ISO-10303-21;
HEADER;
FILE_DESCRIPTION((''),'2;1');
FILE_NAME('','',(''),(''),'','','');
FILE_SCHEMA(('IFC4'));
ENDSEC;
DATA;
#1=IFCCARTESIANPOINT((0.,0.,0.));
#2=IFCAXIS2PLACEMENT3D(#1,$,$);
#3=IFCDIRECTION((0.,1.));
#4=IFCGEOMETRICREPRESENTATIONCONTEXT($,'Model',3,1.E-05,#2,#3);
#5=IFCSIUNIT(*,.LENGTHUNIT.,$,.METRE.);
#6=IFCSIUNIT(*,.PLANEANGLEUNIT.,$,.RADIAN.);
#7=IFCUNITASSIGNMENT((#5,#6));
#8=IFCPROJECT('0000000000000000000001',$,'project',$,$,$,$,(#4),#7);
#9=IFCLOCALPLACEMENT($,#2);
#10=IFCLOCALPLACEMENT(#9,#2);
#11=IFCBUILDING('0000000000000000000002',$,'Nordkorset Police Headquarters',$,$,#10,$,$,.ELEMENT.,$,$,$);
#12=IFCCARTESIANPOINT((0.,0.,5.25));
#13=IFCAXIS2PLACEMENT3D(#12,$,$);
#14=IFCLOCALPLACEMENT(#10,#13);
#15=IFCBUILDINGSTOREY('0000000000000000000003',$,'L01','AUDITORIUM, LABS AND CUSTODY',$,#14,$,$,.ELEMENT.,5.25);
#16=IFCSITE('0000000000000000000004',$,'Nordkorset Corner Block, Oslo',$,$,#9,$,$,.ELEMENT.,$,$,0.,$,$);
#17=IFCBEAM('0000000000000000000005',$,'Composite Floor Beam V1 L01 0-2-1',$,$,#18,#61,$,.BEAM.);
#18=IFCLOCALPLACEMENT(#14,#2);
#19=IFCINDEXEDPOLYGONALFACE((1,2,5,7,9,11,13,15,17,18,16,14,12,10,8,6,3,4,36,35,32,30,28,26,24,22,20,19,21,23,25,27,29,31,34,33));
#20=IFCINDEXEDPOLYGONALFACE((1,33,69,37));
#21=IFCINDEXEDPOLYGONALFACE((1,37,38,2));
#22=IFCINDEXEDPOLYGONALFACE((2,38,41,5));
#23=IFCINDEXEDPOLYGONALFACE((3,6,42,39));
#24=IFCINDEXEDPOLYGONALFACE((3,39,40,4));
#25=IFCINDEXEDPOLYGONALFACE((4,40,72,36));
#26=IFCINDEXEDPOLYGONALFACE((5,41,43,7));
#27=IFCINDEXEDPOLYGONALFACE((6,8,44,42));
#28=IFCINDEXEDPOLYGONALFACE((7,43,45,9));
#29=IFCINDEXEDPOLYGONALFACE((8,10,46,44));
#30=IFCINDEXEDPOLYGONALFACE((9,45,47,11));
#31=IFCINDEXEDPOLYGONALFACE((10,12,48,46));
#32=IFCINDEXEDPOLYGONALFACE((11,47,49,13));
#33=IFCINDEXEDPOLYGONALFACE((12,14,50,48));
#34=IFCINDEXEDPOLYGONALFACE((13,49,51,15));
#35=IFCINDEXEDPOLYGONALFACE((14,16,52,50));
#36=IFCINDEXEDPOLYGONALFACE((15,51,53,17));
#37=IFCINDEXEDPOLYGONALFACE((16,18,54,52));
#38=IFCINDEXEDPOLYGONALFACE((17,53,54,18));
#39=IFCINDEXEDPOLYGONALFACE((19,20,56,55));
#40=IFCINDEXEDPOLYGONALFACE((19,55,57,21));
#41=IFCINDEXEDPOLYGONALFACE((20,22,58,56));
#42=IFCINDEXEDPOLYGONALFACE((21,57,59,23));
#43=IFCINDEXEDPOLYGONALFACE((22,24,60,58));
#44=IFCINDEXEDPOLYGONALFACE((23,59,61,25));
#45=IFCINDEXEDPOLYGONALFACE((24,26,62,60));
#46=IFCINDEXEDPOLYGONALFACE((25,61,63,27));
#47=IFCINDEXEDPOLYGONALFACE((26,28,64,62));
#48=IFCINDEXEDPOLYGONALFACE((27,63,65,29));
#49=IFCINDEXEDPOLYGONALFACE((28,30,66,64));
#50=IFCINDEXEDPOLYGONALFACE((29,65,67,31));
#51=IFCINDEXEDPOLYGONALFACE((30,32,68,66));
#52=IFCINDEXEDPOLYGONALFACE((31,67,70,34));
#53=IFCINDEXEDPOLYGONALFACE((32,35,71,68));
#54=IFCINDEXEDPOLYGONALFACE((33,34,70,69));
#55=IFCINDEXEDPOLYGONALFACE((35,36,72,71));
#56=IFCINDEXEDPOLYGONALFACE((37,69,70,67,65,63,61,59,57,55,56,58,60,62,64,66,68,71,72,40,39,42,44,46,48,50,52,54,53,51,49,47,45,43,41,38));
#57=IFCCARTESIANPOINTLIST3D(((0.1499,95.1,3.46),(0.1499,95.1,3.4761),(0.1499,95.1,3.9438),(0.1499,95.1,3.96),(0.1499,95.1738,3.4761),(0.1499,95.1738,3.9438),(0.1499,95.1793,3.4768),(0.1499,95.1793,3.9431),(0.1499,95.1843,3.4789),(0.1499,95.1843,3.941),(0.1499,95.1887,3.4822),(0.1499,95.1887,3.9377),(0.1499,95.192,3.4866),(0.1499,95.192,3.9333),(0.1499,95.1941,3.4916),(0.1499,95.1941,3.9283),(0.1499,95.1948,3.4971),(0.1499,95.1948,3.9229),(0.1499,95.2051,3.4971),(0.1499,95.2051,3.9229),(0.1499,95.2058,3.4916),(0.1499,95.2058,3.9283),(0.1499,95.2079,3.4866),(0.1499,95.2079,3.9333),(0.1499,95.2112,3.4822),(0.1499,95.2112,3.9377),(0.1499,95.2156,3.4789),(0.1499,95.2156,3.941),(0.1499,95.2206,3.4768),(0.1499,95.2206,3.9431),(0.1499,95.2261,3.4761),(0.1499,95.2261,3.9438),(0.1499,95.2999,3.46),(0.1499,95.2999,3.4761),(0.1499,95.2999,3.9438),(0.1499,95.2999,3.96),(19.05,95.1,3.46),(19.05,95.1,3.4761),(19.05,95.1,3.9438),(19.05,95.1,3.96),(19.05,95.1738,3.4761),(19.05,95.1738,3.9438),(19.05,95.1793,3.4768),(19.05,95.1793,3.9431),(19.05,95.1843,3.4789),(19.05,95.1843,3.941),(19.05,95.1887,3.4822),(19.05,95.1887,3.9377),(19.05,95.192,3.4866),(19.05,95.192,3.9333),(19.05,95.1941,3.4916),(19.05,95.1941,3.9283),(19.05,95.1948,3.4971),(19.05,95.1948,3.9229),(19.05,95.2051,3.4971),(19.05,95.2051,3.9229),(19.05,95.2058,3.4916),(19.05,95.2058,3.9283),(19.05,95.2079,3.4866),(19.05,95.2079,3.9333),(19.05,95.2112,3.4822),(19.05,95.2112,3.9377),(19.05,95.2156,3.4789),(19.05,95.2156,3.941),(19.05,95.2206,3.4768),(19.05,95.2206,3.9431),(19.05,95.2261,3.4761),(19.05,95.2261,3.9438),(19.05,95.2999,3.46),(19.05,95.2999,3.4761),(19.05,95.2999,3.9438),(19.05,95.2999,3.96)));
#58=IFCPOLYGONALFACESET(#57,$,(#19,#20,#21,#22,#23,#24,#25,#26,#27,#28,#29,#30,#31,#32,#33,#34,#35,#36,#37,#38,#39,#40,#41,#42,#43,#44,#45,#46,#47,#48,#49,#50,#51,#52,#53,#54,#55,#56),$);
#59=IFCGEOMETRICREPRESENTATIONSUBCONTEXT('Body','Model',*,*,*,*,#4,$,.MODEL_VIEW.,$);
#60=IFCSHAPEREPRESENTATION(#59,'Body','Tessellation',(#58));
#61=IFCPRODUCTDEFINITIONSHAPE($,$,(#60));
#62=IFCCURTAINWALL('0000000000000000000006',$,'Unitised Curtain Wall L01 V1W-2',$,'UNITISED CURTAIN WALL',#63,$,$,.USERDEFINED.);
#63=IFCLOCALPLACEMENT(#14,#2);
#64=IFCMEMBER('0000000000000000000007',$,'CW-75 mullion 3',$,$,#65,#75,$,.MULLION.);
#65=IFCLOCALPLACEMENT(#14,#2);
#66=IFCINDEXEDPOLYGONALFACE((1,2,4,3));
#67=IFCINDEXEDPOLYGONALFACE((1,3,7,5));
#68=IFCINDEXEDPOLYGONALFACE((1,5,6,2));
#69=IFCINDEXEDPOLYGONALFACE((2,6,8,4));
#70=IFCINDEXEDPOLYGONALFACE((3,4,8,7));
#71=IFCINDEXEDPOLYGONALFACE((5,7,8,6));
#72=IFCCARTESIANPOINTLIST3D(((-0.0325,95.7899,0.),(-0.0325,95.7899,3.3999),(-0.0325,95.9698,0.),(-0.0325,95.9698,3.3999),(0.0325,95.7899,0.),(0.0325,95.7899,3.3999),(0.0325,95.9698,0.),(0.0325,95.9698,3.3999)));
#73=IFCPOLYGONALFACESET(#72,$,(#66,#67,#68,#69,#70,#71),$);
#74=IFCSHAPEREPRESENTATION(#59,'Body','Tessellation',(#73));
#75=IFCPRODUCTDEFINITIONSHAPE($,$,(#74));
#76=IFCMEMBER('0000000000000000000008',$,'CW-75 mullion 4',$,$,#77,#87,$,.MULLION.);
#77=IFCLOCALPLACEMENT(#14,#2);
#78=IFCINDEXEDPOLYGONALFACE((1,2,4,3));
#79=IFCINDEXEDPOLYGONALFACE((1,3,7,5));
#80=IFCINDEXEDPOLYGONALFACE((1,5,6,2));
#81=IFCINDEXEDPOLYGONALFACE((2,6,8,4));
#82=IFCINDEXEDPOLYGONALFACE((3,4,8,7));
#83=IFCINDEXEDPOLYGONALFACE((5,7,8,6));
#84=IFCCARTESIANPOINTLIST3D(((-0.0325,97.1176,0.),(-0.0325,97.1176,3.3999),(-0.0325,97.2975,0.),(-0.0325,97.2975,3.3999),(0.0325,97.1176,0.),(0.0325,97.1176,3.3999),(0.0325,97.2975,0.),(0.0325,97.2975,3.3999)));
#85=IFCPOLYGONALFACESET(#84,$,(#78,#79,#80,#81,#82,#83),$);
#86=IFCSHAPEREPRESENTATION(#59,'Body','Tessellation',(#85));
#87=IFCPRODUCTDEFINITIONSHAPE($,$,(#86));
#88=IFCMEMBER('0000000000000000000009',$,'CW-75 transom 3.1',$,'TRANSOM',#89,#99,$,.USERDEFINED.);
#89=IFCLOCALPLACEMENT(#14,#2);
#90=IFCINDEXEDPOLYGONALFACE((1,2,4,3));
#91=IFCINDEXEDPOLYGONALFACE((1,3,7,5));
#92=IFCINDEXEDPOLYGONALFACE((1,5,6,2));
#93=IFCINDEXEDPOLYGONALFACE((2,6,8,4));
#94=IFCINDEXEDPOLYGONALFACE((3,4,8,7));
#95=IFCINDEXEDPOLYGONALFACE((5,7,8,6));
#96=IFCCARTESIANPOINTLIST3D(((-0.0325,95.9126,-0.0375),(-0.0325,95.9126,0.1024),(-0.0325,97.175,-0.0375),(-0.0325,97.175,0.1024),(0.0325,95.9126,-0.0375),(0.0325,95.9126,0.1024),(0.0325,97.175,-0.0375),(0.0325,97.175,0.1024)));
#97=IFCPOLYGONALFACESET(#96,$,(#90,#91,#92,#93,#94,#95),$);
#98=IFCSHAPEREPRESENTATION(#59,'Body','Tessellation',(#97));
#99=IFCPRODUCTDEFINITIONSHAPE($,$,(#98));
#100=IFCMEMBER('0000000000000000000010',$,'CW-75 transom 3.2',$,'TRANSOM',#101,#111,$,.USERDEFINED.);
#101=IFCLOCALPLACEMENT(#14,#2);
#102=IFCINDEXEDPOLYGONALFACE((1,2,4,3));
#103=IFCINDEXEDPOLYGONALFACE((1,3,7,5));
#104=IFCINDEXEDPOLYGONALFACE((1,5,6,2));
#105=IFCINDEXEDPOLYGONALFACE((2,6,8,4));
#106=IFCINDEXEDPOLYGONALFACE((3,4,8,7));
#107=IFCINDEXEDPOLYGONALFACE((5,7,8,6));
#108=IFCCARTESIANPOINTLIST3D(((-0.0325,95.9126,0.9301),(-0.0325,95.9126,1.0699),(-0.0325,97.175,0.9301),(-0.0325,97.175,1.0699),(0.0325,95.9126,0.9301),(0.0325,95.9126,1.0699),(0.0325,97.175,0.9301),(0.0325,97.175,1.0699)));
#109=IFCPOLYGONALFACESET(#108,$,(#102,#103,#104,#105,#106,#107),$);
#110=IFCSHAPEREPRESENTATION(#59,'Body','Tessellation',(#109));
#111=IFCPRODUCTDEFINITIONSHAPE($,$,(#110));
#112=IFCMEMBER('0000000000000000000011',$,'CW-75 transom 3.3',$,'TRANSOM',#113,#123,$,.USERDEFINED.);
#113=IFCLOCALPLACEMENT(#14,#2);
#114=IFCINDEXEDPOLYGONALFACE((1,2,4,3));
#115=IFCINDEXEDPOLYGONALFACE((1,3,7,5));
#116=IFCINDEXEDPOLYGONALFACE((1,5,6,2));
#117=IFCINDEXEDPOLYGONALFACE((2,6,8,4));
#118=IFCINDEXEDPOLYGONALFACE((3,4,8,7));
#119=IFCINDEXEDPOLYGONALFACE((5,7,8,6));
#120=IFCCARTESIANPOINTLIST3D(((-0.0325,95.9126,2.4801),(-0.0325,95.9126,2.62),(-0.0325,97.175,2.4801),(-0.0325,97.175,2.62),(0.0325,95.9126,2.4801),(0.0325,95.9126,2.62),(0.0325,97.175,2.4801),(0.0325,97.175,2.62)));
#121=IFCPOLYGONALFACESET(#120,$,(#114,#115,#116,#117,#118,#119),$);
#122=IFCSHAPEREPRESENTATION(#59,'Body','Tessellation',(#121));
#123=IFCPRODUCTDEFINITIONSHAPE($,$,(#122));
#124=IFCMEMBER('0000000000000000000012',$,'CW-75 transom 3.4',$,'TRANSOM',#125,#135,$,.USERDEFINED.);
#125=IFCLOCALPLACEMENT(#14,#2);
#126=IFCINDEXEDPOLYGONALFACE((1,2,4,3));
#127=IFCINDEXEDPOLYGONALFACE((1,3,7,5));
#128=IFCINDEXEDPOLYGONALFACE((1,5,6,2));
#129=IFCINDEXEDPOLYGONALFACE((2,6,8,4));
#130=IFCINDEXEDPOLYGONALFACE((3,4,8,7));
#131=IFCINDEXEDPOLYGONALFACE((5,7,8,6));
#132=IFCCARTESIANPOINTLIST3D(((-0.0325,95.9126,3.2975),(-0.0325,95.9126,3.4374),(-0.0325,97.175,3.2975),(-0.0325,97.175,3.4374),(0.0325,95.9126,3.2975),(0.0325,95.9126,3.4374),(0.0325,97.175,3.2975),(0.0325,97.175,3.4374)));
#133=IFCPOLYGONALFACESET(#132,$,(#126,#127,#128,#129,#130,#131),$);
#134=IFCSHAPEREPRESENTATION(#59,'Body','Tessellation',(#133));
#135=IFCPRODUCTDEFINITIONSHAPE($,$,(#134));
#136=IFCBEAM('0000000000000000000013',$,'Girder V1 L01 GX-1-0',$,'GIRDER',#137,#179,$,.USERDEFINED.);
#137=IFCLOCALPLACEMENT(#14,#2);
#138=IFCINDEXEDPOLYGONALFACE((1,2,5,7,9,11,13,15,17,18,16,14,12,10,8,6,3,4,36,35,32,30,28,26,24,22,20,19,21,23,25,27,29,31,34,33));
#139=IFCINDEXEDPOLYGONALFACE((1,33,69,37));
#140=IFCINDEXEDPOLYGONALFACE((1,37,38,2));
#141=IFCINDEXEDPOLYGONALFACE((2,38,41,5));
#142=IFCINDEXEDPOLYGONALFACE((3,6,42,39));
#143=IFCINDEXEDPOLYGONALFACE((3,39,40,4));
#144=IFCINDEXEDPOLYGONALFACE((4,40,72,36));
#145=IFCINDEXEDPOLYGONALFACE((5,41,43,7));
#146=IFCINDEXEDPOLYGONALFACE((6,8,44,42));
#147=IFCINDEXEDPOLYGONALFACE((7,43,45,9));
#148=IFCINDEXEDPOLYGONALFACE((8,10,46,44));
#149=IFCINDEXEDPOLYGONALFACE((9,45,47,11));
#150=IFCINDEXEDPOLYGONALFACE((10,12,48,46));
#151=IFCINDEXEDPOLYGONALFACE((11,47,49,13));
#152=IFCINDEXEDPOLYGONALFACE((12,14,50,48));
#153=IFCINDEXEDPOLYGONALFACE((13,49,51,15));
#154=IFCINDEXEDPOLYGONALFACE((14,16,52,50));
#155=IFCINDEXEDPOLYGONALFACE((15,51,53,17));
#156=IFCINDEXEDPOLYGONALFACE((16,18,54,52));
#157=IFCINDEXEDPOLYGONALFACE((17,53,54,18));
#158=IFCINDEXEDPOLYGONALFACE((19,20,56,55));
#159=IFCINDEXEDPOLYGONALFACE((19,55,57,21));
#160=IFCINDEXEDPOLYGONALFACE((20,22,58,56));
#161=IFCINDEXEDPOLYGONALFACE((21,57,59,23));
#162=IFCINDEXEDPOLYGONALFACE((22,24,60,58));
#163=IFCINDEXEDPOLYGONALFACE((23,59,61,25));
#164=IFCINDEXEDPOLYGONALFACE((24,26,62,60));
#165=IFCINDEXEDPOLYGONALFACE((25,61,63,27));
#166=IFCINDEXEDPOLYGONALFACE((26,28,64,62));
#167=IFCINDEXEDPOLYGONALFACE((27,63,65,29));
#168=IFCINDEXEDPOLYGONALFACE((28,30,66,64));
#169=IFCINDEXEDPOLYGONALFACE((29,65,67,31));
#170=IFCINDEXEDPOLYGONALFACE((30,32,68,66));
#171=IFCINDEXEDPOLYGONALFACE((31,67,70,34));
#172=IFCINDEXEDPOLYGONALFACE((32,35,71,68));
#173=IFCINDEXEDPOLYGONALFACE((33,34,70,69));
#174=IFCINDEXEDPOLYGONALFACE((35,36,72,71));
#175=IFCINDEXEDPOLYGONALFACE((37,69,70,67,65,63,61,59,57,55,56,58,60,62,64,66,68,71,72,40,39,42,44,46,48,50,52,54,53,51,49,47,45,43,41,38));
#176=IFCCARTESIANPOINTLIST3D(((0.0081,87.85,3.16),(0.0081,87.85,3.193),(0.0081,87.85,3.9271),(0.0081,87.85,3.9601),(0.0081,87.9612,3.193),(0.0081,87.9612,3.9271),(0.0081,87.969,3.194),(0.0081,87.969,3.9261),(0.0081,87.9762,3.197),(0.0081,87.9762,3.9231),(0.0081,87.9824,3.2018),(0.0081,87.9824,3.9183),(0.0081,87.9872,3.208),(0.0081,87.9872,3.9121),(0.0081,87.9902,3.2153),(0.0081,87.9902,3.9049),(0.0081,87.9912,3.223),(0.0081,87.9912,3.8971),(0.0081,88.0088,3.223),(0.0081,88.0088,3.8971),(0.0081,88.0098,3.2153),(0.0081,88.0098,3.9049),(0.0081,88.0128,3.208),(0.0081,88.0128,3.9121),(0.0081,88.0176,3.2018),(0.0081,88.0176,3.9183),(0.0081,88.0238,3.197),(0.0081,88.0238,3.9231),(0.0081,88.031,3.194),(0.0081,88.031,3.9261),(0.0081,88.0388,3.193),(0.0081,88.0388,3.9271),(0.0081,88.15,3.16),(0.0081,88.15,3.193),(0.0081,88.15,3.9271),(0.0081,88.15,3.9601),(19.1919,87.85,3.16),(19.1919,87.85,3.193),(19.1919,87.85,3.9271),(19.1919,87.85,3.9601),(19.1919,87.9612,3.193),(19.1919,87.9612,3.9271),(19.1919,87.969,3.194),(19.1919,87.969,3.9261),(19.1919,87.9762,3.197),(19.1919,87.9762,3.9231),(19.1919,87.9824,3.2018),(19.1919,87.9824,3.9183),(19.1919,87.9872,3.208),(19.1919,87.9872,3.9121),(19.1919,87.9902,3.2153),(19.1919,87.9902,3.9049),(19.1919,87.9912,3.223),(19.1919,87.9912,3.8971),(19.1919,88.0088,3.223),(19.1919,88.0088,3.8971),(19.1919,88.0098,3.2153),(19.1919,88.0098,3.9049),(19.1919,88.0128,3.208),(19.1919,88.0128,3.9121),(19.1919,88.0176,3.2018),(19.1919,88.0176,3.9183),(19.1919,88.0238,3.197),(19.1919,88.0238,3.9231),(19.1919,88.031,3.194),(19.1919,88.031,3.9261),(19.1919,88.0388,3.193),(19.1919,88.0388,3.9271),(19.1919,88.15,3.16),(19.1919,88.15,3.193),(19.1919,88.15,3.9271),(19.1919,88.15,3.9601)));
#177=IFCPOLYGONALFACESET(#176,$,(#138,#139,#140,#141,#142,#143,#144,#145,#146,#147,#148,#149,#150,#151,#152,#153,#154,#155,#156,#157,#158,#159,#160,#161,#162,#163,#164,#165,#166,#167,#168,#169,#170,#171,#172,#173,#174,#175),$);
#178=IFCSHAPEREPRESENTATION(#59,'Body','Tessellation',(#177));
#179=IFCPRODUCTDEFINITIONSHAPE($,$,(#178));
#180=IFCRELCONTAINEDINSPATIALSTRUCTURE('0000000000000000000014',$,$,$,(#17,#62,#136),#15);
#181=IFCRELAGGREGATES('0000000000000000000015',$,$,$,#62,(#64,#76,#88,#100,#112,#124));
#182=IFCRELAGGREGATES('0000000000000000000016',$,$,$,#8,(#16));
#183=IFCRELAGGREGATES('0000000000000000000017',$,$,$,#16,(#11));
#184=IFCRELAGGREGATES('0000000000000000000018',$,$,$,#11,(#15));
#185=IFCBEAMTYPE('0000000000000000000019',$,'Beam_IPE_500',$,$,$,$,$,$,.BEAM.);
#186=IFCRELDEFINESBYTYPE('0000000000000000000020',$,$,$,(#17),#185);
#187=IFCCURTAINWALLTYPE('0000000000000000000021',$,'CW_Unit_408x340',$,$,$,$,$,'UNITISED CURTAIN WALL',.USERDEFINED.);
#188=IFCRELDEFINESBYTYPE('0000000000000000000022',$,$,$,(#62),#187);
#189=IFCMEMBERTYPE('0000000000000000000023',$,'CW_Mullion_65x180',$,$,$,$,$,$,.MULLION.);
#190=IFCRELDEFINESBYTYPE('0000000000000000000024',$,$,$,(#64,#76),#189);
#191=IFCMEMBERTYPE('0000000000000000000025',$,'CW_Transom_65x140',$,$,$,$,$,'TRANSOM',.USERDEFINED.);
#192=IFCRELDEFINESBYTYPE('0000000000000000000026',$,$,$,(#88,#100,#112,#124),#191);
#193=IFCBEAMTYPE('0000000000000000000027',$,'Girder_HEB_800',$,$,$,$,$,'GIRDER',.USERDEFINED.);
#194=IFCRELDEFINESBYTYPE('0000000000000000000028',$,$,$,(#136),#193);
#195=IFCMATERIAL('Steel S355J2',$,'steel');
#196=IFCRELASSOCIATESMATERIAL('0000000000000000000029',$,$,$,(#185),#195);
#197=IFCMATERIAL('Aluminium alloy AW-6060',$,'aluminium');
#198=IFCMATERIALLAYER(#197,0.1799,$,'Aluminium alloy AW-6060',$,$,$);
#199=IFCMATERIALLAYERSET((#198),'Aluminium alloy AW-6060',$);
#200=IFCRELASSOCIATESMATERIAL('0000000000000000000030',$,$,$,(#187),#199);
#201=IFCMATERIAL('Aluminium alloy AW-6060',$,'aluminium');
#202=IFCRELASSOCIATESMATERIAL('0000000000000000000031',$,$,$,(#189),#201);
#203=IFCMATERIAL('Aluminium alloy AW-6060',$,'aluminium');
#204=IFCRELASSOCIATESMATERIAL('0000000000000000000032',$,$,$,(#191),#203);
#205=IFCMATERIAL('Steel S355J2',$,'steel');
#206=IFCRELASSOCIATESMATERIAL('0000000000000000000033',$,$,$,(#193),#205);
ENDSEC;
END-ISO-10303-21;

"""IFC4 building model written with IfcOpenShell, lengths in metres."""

from ifc_helpers import new_model, si_unit, direction, frame, origin, origin_2d, place, context, subcontext, project, spatial, rectangle, i_section, extrude, material, layer, layer_set, material_profile, profile_set, type_object, element, aggregate, save


model = new_model("IFC4")

# Units and contexts
model_context = context("Model", 3, precision=1e-05, world=origin(), true_north=direction((0.0, 1.0)))
body_context = subcontext(model_context, "Body", "Model", "MODEL_VIEW")
ifc_project = project(units=[si_unit("LENGTHUNIT", "METRE"), si_unit("PLANEANGLEUNIT", "RADIAN")], contexts=[model_context])

# Site, building, storey
site_placement = place(None, origin())
site = spatial("IfcSite", under=ifc_project, at=site_placement, Name="Nordkorset Corner Block, Oslo", CompositionType="ELEMENT", RefElevation=0.0)
building_placement = place(site_placement, origin())
building = spatial("IfcBuilding", under=site, at=building_placement, Name="Nordkorset Police Headquarters", CompositionType="ELEMENT")
storey_placement = place(building_placement, frame((0.0, 0.0, 5.25)))
storey = spatial("IfcBuildingStorey", under=building, at=storey_placement, Name="L01", Description="AUDITORIUM, LABS AND CUSTODY", CompositionType="ELEMENT", Elevation=5.25)

# Beam
ifc_material_1 = material(Name="Steel S355J2", Category="steel")
ifc_material_profile_1 = material_profile(ifc_material_1, i_section(OverallWidth=0.2, OverallDepth=0.5, WebThickness=0.0103, FlangeThickness=0.0161, FilletRadius=0.021, at=origin_2d()), Name="IPE 500")
ifc_profile_set_1 = profile_set([ifc_material_profile_1], Name="Steel S355J2")
beam_type_1 = type_object("IfcBeamType", Name="Beam_IPE_500", PredefinedType="BEAM", material=ifc_profile_set_1)
for number, where, z_axis, x_axis, name in (
    (1, (0.1499, 95.2, 3.71), (1.0, 0.0, 0.0), (0.0, 1.0, 0.0), "Composite Floor Beam V1 L01 0-2-1"),
):
    element("IfcBeam", number, at=place(storey_placement, frame(where, z_axis=z_axis, x_axis=x_axis)), inside=storey, type_object=beam_type_1, Name=name, PredefinedType="BEAM", context=body_context, shape_type="SweptSolid", body=[
        extrude(i_section(OverallWidth=0.2, OverallDepth=0.5, WebThickness=0.0103, FlangeThickness=0.0161, FilletRadius=0.021, at=origin_2d()), origin(), (0.0, 0.0, 1.0), 18.9001),
    ])

# Curtain wall, members
ifc_material_2 = material(Name="Aluminium alloy AW-6060", Category="aluminium")
ifc_layer_1 = layer(ifc_material_2, 0.1799, Name="Aluminium alloy AW-6060")
ifc_layer_set_1 = layer_set([ifc_layer_1], Name="Aluminium alloy AW-6060")
curtain_wall_type = type_object("IfcCurtainWallType", Name="CW_Unit_408x340", ElementType="UNITISED CURTAIN WALL", PredefinedType="USERDEFINED", material=ifc_layer_set_1)
curtain_wall_placement = place(storey_placement, origin())
curtain_wall = element("IfcCurtainWall", 2, at=curtain_wall_placement, inside=storey, type_object=curtain_wall_type, Name="Unitised Curtain Wall L01 V1W-2", ObjectType="UNITISED CURTAIN WALL", PredefinedType="USERDEFINED")
ifc_material_3 = material(Name="Aluminium alloy AW-6060", Category="aluminium")
ifc_material_profile_2 = material_profile(ifc_material_3, rectangle(XDim=0.0649, YDim=0.1799, at=origin_2d()), Name="ALU MULL 65x180")
ifc_profile_set_2 = profile_set([ifc_material_profile_2], Name="Aluminium alloy AW-6060")
member_type_1 = type_object("IfcMemberType", Name="CW_Mullion_65x180", PredefinedType="MULLION", material=ifc_profile_set_2)
member_1_placement = place(storey_placement, frame((0.0, 95.8799, 0.0), z_axis=(0.0, 0.0, 1.0), x_axis=(-1.0, 0.0, 0.0)))
member_1 = element("IfcMember", 3, at=member_1_placement, type_object=member_type_1, Name="CW-75 mullion 3", PredefinedType="MULLION", context=body_context, shape_type="SweptSolid", body=[
    extrude(rectangle(XDim=0.0649, YDim=0.1799, at=origin_2d()), origin(), (0.0, 0.0, 1.0), 3.3999),
])
member_2_placement = place(storey_placement, frame((0.0, 97.2075, 0.0), z_axis=(0.0, 0.0, 1.0), x_axis=(-1.0, 0.0, 0.0)))
member_2 = element("IfcMember", 4, at=member_2_placement, type_object=member_type_1, Name="CW-75 mullion 4", PredefinedType="MULLION", context=body_context, shape_type="SweptSolid", body=[
    extrude(rectangle(XDim=0.0649, YDim=0.1799, at=origin_2d()), origin(), (0.0, 0.0, 1.0), 3.3999),
])
ifc_material_4 = material(Name="Aluminium alloy AW-6060", Category="aluminium")
ifc_material_profile_3 = material_profile(ifc_material_4, rectangle(XDim=0.0649, YDim=0.1399, at=origin_2d()), Name="ALU TRAN 65x140")
ifc_profile_set_3 = profile_set([ifc_material_profile_3], Name="Aluminium alloy AW-6060")
member_type_2 = type_object("IfcMemberType", Name="CW_Transom_65x140", ElementType="TRANSOM", PredefinedType="USERDEFINED", material=ifc_profile_set_3)
member_3_placement = place(storey_placement, frame((0.0, 95.9126, 0.0325), z_axis=(0.0, 1.0, 0.0), x_axis=(-1.0, 0.0, 0.0)))
member_3 = element("IfcMember", 5, at=member_3_placement, type_object=member_type_2, Name="CW-75 transom 3.1", ObjectType="TRANSOM", PredefinedType="USERDEFINED", context=body_context, shape_type="SweptSolid", body=[
    extrude(rectangle(XDim=0.0649, YDim=0.1399, at=origin_2d()), origin(), (0.0, 0.0, 1.0), 1.2625),
])
member_4_placement = place(storey_placement, frame((0.0, 95.9126, 1.0), z_axis=(0.0, 1.0, 0.0), x_axis=(-1.0, 0.0, 0.0)))
member_4 = element("IfcMember", 6, at=member_4_placement, type_object=member_type_2, Name="CW-75 transom 3.2", ObjectType="TRANSOM", PredefinedType="USERDEFINED", context=body_context, shape_type="SweptSolid", body=[
    extrude(rectangle(XDim=0.0649, YDim=0.1399, at=origin_2d()), origin(), (0.0, 0.0, 1.0), 1.2625),
])
member_5_placement = place(storey_placement, frame((0.0, 95.9126, 2.55), z_axis=(0.0, 1.0, 0.0), x_axis=(-1.0, 0.0, 0.0)))
member_5 = element("IfcMember", 7, at=member_5_placement, type_object=member_type_2, Name="CW-75 transom 3.3", ObjectType="TRANSOM", PredefinedType="USERDEFINED", context=body_context, shape_type="SweptSolid", body=[
    extrude(rectangle(XDim=0.0649, YDim=0.1399, at=origin_2d()), origin(), (0.0, 0.0, 1.0), 1.2625),
])
member_6_placement = place(storey_placement, frame((0.0, 95.9126, 3.3674), z_axis=(0.0, 1.0, 0.0), x_axis=(-1.0, 0.0, 0.0)))
member_6 = element("IfcMember", 8, at=member_6_placement, type_object=member_type_2, Name="CW-75 transom 3.4", ObjectType="TRANSOM", PredefinedType="USERDEFINED", context=body_context, shape_type="SweptSolid", body=[
    extrude(rectangle(XDim=0.0649, YDim=0.1399, at=origin_2d()), origin(), (0.0, 0.0, 1.0), 1.2625),
])

# Beam
ifc_material_5 = material(Name="Steel S355J2", Category="steel")
ifc_material_profile_4 = material_profile(ifc_material_5, i_section(OverallWidth=0.3, OverallDepth=0.8, WebThickness=0.0176, FlangeThickness=0.033, FilletRadius=0.03, at=origin_2d()), Name="HEB 800")
ifc_profile_set_4 = profile_set([ifc_material_profile_4], Name="Steel S355J2")
beam_type_2 = type_object("IfcBeamType", Name="Girder_HEB_800", ElementType="GIRDER", PredefinedType="USERDEFINED", material=ifc_profile_set_4)
for number, where, z_axis, x_axis, name in (
    (9, (0.0081, 88.0, 3.5601), (1.0, 0.0, 0.0), (0.0, 1.0, 0.0), "Girder V1 L01 GX-1-0"),
):
    element("IfcBeam", number, at=place(storey_placement, frame(where, z_axis=z_axis, x_axis=x_axis)), inside=storey, type_object=beam_type_2, Name=name, ObjectType="GIRDER", PredefinedType="USERDEFINED", context=body_context, shape_type="SweptSolid", body=[
        extrude(i_section(OverallWidth=0.3, OverallDepth=0.8, WebThickness=0.0176, FlangeThickness=0.033, FilletRadius=0.03, at=origin_2d()), origin(), (0.0, 0.0, 1.0), 19.1838),
    ])

aggregate(curtain_wall, [member_1, member_2, member_3, member_4, member_5, member_6])

save(model, "model.ifc")
